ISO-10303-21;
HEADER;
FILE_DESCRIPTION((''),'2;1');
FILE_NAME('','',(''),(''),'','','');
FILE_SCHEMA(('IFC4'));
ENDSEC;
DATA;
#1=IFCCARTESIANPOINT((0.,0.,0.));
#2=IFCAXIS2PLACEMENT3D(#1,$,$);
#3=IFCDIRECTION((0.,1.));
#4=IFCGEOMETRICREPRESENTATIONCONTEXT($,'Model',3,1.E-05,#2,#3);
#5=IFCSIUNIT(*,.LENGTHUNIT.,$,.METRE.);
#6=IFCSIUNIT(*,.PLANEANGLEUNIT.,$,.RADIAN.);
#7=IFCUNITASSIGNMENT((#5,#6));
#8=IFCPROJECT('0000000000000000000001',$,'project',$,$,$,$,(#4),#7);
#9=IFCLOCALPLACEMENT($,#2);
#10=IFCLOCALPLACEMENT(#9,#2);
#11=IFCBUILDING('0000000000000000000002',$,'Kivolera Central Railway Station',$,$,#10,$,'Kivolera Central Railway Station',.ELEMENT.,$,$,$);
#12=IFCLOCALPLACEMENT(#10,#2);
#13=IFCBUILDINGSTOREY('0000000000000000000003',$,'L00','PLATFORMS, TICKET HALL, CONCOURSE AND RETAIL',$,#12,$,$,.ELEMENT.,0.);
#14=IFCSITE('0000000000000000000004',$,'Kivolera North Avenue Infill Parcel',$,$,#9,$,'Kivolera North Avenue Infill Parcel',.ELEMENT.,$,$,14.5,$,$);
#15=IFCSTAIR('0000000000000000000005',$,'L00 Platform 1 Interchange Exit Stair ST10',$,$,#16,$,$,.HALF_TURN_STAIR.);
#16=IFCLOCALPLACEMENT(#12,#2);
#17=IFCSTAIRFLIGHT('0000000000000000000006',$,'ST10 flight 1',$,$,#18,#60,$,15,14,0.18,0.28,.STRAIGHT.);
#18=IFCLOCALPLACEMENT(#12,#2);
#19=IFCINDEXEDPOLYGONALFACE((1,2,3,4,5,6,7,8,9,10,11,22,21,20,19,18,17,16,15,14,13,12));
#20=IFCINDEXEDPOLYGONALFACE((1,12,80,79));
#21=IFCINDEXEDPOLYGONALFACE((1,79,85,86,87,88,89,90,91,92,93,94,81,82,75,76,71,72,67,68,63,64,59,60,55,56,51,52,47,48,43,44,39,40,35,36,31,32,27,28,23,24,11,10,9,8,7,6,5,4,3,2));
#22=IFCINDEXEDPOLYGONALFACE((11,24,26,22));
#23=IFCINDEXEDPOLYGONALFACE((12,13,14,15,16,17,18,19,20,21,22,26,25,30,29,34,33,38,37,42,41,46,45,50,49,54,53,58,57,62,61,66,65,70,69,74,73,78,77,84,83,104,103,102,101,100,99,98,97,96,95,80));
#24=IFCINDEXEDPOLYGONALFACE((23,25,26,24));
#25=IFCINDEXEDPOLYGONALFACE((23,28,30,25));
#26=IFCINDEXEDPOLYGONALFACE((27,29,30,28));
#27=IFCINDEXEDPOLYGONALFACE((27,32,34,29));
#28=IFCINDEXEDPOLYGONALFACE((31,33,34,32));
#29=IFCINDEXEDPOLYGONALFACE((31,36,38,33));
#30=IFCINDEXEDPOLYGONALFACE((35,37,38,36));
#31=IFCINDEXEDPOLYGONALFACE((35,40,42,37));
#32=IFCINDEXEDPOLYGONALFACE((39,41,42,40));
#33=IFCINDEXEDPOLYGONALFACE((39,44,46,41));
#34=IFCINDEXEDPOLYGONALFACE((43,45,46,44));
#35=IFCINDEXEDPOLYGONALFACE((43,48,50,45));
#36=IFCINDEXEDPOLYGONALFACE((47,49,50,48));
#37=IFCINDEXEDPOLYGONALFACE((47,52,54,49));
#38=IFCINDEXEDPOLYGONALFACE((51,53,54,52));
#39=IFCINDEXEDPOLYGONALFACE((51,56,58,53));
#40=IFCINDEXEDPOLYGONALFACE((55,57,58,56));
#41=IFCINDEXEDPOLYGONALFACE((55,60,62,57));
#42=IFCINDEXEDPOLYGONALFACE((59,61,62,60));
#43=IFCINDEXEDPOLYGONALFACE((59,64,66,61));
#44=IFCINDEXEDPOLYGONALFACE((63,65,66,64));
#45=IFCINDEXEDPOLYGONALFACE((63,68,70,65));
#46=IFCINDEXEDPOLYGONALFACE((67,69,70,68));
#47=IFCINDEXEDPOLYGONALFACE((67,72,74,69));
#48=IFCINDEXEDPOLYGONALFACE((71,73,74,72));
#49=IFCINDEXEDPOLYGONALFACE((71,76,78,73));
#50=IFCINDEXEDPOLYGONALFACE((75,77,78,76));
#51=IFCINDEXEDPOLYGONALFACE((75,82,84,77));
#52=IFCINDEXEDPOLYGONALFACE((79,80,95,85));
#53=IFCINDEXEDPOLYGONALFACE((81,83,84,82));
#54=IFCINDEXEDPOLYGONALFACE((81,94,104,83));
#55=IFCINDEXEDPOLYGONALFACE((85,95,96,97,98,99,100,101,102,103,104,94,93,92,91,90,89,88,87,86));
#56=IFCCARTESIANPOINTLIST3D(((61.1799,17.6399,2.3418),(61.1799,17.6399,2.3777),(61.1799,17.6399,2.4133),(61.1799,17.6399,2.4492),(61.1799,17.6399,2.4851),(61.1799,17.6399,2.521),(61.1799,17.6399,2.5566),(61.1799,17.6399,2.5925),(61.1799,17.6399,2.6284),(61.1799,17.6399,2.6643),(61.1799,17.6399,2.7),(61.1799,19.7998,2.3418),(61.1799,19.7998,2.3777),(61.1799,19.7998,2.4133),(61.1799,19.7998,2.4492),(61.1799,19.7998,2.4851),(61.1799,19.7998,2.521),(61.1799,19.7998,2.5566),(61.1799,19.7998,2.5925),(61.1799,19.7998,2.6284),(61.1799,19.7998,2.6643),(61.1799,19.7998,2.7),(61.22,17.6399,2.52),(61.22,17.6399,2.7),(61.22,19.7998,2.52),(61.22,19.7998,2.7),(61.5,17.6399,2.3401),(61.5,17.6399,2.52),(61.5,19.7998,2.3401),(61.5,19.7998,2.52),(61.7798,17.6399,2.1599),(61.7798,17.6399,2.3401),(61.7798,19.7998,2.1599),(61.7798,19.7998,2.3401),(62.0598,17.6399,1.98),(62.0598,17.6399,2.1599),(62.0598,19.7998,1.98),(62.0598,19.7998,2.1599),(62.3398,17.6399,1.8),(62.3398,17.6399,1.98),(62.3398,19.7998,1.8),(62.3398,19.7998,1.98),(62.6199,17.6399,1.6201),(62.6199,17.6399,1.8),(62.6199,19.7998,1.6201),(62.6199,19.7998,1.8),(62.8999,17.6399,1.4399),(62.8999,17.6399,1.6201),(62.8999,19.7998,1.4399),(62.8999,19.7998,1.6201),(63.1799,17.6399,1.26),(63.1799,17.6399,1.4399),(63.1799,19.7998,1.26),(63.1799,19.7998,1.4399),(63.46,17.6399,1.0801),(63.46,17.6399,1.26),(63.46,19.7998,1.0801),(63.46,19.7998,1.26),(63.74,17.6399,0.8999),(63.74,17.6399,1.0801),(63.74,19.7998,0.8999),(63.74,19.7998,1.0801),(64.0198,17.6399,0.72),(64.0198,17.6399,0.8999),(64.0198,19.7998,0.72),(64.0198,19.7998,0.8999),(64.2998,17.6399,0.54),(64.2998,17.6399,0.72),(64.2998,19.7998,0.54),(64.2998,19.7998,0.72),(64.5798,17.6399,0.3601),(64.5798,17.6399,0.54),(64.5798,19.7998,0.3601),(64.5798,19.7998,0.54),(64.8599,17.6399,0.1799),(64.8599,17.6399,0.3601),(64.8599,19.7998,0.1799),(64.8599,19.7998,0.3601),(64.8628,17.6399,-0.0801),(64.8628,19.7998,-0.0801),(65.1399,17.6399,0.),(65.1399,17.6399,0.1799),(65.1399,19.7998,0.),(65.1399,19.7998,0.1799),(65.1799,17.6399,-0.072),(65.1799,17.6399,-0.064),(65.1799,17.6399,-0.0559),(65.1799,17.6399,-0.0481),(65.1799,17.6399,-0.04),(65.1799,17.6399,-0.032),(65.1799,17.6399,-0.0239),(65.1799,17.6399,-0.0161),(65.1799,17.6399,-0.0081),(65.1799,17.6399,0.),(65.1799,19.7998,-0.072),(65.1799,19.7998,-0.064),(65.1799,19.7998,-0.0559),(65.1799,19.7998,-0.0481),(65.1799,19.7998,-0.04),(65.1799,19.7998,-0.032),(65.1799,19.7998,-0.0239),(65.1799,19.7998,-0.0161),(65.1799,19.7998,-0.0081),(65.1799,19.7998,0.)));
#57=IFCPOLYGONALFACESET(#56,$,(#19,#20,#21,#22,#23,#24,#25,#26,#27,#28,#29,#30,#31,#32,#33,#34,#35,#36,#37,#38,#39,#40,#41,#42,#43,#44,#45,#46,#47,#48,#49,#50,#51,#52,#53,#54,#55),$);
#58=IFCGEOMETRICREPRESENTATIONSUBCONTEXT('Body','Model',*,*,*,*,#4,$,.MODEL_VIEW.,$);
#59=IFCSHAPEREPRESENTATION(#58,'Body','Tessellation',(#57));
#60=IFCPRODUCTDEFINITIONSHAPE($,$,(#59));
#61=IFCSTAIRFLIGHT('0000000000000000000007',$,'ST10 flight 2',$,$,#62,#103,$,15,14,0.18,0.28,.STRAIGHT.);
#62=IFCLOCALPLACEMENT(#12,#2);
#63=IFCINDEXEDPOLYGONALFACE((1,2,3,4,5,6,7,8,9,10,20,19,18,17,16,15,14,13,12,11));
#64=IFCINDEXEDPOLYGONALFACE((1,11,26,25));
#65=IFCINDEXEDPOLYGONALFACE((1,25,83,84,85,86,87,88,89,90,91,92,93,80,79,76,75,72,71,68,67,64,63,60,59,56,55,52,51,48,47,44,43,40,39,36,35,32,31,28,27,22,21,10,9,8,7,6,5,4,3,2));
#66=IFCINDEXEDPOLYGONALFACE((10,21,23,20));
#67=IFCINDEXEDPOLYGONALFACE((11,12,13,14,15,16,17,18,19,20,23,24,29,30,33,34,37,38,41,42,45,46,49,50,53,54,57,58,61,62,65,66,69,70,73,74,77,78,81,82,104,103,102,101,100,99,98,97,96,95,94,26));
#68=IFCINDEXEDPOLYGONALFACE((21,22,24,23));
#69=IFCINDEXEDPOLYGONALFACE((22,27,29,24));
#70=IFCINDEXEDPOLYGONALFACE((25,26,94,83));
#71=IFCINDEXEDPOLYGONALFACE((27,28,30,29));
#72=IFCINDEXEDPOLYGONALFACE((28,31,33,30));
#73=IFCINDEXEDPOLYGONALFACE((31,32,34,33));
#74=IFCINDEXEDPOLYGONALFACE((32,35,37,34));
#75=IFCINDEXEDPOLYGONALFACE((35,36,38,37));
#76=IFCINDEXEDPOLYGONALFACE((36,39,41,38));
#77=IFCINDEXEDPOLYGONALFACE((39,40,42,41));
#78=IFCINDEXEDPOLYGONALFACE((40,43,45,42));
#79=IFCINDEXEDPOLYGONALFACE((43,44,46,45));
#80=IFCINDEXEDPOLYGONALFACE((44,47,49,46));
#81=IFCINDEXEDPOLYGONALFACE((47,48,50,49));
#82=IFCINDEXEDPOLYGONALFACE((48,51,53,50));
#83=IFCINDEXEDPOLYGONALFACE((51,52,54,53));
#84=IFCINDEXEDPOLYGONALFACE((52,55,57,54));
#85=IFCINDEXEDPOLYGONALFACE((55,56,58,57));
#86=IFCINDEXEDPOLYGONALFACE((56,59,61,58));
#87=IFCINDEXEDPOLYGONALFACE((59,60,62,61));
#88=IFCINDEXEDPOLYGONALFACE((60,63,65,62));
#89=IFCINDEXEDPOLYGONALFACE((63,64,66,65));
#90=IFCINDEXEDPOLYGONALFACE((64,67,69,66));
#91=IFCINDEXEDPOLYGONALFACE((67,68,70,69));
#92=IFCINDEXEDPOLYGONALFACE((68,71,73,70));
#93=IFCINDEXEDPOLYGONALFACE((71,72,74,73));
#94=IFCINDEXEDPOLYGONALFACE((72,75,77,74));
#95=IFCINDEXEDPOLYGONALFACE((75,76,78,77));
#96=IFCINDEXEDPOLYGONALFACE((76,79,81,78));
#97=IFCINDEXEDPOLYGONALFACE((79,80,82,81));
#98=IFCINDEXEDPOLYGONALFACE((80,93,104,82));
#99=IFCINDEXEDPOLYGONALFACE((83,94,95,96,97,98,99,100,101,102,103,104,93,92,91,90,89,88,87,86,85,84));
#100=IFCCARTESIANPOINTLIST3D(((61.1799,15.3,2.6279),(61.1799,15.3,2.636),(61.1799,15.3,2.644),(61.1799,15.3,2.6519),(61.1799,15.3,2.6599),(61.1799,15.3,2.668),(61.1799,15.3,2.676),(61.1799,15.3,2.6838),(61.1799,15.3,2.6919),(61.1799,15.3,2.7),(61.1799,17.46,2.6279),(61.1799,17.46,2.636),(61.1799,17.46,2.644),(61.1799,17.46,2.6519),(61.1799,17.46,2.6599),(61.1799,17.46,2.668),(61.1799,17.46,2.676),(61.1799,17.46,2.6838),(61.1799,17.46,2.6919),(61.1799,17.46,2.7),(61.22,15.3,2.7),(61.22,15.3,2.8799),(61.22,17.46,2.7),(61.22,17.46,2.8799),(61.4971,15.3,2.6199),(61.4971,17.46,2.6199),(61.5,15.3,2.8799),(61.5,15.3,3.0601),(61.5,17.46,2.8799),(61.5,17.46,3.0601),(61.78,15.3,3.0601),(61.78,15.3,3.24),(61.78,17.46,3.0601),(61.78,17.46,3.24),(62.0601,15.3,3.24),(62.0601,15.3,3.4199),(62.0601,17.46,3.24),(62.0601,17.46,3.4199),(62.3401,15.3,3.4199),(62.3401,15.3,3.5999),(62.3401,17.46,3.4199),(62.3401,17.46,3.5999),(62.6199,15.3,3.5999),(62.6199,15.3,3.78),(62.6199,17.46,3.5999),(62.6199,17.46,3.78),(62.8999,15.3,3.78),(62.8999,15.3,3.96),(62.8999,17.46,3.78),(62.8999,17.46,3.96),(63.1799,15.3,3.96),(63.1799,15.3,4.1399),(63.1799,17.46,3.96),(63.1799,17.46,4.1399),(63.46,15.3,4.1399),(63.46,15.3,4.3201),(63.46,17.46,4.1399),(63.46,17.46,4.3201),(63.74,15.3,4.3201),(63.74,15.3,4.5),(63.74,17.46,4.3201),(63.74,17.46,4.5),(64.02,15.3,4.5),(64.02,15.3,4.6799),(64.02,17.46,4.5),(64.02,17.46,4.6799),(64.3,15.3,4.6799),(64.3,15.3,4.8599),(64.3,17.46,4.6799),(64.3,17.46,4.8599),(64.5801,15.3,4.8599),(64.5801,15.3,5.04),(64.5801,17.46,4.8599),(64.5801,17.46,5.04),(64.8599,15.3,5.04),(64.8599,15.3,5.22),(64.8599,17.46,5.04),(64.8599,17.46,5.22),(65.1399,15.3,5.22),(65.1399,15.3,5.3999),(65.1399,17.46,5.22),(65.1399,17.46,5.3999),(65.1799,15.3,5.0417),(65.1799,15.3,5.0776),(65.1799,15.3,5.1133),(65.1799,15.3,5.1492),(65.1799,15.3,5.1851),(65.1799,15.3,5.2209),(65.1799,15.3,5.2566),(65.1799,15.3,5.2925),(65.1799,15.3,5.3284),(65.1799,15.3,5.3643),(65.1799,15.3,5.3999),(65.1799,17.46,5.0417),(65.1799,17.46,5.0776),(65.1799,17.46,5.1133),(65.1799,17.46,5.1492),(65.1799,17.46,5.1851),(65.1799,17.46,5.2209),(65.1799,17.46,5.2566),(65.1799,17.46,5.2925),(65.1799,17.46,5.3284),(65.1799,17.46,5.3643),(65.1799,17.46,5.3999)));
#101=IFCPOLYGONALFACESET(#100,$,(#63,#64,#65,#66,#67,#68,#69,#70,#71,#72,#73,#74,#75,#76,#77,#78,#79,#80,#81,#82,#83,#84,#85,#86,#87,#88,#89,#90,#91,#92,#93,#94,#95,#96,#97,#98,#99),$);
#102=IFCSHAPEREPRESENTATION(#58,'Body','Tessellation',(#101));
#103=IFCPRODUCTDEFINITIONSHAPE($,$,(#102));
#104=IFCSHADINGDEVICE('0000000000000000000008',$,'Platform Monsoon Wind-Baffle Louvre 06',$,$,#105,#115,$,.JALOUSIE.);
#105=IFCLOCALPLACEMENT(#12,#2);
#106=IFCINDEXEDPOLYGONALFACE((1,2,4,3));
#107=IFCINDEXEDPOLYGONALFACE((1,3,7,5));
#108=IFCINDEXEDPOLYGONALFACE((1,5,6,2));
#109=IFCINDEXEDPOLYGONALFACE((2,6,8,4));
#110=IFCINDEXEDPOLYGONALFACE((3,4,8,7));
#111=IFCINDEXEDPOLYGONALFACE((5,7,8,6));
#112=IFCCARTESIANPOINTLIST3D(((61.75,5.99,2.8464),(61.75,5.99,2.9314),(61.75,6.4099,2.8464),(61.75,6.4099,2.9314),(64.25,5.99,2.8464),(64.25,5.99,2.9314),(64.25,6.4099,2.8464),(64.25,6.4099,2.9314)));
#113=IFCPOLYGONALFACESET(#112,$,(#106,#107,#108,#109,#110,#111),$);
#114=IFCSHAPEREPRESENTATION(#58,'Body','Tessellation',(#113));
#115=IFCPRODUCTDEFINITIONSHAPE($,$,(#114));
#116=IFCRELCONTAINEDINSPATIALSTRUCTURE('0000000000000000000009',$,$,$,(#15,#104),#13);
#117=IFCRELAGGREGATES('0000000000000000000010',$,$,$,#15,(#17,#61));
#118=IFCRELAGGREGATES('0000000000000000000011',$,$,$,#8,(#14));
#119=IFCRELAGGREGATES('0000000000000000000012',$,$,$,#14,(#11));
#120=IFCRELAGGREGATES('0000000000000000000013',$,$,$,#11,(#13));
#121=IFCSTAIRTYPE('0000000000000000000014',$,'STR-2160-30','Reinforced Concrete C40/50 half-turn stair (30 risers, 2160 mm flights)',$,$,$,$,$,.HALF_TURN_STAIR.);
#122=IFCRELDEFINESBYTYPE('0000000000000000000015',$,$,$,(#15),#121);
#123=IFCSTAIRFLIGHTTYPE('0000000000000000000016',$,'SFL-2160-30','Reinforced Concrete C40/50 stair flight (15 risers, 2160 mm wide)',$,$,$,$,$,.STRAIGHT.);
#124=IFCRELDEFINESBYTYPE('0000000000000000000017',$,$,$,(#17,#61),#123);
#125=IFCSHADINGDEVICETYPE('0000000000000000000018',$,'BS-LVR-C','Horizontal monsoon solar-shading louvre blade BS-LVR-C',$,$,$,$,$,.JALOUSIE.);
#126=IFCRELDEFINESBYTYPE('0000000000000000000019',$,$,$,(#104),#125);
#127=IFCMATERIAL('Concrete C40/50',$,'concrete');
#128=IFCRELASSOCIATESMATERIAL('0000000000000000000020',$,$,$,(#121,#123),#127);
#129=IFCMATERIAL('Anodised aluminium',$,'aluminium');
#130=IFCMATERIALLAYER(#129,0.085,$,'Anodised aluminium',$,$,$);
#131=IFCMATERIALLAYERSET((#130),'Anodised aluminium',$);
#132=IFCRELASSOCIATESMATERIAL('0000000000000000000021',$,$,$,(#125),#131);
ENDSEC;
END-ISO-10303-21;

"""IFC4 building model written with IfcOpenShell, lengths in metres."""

from ifc_helpers import new_model, si_unit, direction, frame, origin, origin_2d, place, context, subcontext, project, spatial, polyline, rectangle, outline, extrude, material, layer, layer_set, type_object, element, aggregate, save


model = new_model("IFC4")

# Units and contexts
model_context = context("Model", 3, precision=1e-05, world=origin(), true_north=direction((0.0, 1.0)))
body_context = subcontext(model_context, "Body", "Model", "MODEL_VIEW")
ifc_project = project(units=[si_unit("LENGTHUNIT", "METRE"), si_unit("PLANEANGLEUNIT", "RADIAN")], contexts=[model_context])

# Site, building, storey
site_placement = place(None, origin())
site = spatial("IfcSite", under=ifc_project, at=site_placement, Name="Kivolera North Avenue Infill Parcel", LongName="Kivolera North Avenue Infill Parcel", CompositionType="ELEMENT", RefElevation=14.5)
building_placement = place(site_placement, origin())
building = spatial("IfcBuilding", under=site, at=building_placement, Name="Kivolera Central Railway Station", LongName="Kivolera Central Railway Station", CompositionType="ELEMENT")
storey_placement = place(building_placement, origin())
storey = spatial("IfcBuildingStorey", under=building, at=storey_placement, Name="L00", Description="PLATFORMS, TICKET HALL, CONCOURSE AND RETAIL", CompositionType="ELEMENT", Elevation=0.0)

# Shared definitions
ifc_material_1 = material(Name="Concrete C40/50", Category="concrete")

# Shared definitions
ifc_material_2 = material(Name="Anodised aluminium", Category="aluminium")

# Stair, stair flights
stair_type = type_object("IfcStairType", Name="STR-2160-30", Description="Reinforced Concrete C40/50 half-turn stair (30 risers, 2160 mm flights)", PredefinedType="HALF_TURN_STAIR", material=ifc_material_1)
stair_placement = place(storey_placement, origin())
stair = element("IfcStair", 1, at=stair_placement, inside=storey, type_object=stair_type, Name="L00 Platform 1 Interchange Exit Stair ST10", PredefinedType="HALF_TURN_STAIR")
stair_flight_type = type_object("IfcStairFlightType", Name="SFL-2160-30", Description="Reinforced Concrete C40/50 stair flight (15 risers, 2160 mm wide)", PredefinedType="STRAIGHT", material=ifc_material_1)
stair_flight_1_placement = place(storey_placement, frame((65.1399, 18.72, 0.0), z_axis=(0.0, 0.0, 1.0), x_axis=(-1.0, 0.0, 0.0)))
stair_flight_1 = element("IfcStairFlight", 2, at=stair_flight_1_placement, type_object=stair_flight_type, Name="ST10 flight 1", NumberOfRisers=15, NumberOfTreads=14, PredefinedType="STRAIGHT", RiserHeight=0.18, TreadLength=0.28, context=body_context, shape_type="SweptSolid", body=[
    extrude(outline(polyline([(-0.04, 0.0), (0.0, 0.0), (0.0, 0.1799), (0.28, 0.1799), (0.28, 0.3601), (0.5601, 0.3601), (0.5601, 0.54), (0.8401, 0.54), (0.8401, 0.72), (1.1201, 0.72), (1.1201, 0.8999), (1.3999, 0.8999), (1.3999, 1.0801), (1.6799, 1.0801), (1.6799, 1.26), (1.96, 1.26), (1.96, 1.4399), (2.24, 1.4399), (2.24, 1.6201), (2.52, 1.6201), (2.52, 1.8), (2.8, 1.8), (2.8, 1.98), (3.0801, 1.98), (3.0801, 2.1599), (3.3601, 2.1599), (3.3601, 2.3401), (3.6399, 2.3401), (3.6399, 2.52), (3.9199, 2.52), (3.9199, 2.7), (3.96, 2.7), (3.96, 2.6643), (3.96, 2.6284), (3.96, 2.5925), (3.96, 2.5566), (3.96, 2.521), (3.96, 2.4851), (3.96, 2.4492), (3.96, 2.4133), (3.96, 2.3777), (3.96, 2.3418), (0.2771, -0.0801), (-0.04, -0.072), (-0.04, -0.064), (-0.04, -0.0559), (-0.04, -0.0481), (-0.04, -0.04), (-0.04, -0.032), (-0.04, -0.0239), (-0.04, -0.0161), (-0.04, -0.0081), (-0.04, 0.0)])), frame((0.0, 1.0801, 0.0), z_axis=(0.0, -1.0, 0.0), x_axis=(1.0, 0.0, 0.0)), (0.0, 0.0, 1.0), 2.1599),
])
stair_flight_2_placement = place(storey_placement, frame((61.22, 16.3799, 2.7), z_axis=(0.0, 0.0, 1.0), x_axis=(1.0, 0.0, 0.0)))
stair_flight_2 = element("IfcStairFlight", 3, at=stair_flight_2_placement, type_object=stair_flight_type, Name="ST10 flight 2", NumberOfRisers=15, NumberOfTreads=14, PredefinedType="STRAIGHT", RiserHeight=0.18, TreadLength=0.28, context=body_context, shape_type="SweptSolid", body=[
    extrude(outline(polyline([(-0.04, 0.0), (0.0, 0.0), (0.0, 0.1799), (0.28, 0.1799), (0.28, 0.3601), (0.5601, 0.3601), (0.5601, 0.54), (0.8401, 0.54), (0.8401, 0.72), (1.1201, 0.72), (1.1201, 0.8999), (1.3999, 0.8999), (1.3999, 1.0801), (1.6799, 1.0801), (1.6799, 1.26), (1.96, 1.26), (1.96, 1.4399), (2.24, 1.4399), (2.24, 1.6201), (2.52, 1.6201), (2.52, 1.8), (2.8, 1.8), (2.8, 1.98), (3.0801, 1.98), (3.0801, 2.1599), (3.3601, 2.1599), (3.3601, 2.3401), (3.6399, 2.3401), (3.6399, 2.52), (3.9199, 2.52), (3.9199, 2.7), (3.96, 2.7), (3.96, 2.6643), (3.96, 2.6284), (3.96, 2.5925), (3.96, 2.5566), (3.96, 2.521), (3.96, 2.4851), (3.96, 2.4492), (3.96, 2.4133), (3.96, 2.3777), (3.96, 2.3418), (0.2771, -0.0801), (-0.04, -0.072), (-0.04, -0.064), (-0.04, -0.0559), (-0.04, -0.0481), (-0.04, -0.04), (-0.04, -0.032), (-0.04, -0.0239), (-0.04, -0.0161), (-0.04, -0.0081), (-0.04, 0.0)])), frame((0.0, 1.0801, 0.0), z_axis=(0.0, -1.0, 0.0), x_axis=(1.0, 0.0, 0.0)), (0.0, 0.0, 1.0), 2.1599),
])
aggregate(stair, [stair_flight_1, stair_flight_2])

# Shading device
ifc_layer_1 = layer(ifc_material_2, 0.085, Name="Anodised aluminium")
ifc_layer_set_1 = layer_set([ifc_layer_1], Name="Anodised aluminium")
shading_device_type = type_object("IfcShadingDeviceType", Name="BS-LVR-C", Description="Horizontal monsoon solar-shading louvre blade BS-LVR-C", PredefinedType="JALOUSIE", material=ifc_layer_set_1)
shading_device_placement = place(storey_placement, frame((63.0, 6.2, 2.8464), z_axis=(0.0, 0.0, 1.0), x_axis=(1.0, 0.0, 0.0)))
element("IfcShadingDevice", 4, at=shading_device_placement, inside=storey, type_object=shading_device_type, Name="Platform Monsoon Wind-Baffle Louvre 06", PredefinedType="JALOUSIE", context=body_context, shape_type="SweptSolid", body=[
    extrude(rectangle(XDim=2.5, YDim=0.4199, at=origin_2d()), origin(), (0.0, 0.0, 1.0), 0.085),
])

save(model, "model.ifc")
